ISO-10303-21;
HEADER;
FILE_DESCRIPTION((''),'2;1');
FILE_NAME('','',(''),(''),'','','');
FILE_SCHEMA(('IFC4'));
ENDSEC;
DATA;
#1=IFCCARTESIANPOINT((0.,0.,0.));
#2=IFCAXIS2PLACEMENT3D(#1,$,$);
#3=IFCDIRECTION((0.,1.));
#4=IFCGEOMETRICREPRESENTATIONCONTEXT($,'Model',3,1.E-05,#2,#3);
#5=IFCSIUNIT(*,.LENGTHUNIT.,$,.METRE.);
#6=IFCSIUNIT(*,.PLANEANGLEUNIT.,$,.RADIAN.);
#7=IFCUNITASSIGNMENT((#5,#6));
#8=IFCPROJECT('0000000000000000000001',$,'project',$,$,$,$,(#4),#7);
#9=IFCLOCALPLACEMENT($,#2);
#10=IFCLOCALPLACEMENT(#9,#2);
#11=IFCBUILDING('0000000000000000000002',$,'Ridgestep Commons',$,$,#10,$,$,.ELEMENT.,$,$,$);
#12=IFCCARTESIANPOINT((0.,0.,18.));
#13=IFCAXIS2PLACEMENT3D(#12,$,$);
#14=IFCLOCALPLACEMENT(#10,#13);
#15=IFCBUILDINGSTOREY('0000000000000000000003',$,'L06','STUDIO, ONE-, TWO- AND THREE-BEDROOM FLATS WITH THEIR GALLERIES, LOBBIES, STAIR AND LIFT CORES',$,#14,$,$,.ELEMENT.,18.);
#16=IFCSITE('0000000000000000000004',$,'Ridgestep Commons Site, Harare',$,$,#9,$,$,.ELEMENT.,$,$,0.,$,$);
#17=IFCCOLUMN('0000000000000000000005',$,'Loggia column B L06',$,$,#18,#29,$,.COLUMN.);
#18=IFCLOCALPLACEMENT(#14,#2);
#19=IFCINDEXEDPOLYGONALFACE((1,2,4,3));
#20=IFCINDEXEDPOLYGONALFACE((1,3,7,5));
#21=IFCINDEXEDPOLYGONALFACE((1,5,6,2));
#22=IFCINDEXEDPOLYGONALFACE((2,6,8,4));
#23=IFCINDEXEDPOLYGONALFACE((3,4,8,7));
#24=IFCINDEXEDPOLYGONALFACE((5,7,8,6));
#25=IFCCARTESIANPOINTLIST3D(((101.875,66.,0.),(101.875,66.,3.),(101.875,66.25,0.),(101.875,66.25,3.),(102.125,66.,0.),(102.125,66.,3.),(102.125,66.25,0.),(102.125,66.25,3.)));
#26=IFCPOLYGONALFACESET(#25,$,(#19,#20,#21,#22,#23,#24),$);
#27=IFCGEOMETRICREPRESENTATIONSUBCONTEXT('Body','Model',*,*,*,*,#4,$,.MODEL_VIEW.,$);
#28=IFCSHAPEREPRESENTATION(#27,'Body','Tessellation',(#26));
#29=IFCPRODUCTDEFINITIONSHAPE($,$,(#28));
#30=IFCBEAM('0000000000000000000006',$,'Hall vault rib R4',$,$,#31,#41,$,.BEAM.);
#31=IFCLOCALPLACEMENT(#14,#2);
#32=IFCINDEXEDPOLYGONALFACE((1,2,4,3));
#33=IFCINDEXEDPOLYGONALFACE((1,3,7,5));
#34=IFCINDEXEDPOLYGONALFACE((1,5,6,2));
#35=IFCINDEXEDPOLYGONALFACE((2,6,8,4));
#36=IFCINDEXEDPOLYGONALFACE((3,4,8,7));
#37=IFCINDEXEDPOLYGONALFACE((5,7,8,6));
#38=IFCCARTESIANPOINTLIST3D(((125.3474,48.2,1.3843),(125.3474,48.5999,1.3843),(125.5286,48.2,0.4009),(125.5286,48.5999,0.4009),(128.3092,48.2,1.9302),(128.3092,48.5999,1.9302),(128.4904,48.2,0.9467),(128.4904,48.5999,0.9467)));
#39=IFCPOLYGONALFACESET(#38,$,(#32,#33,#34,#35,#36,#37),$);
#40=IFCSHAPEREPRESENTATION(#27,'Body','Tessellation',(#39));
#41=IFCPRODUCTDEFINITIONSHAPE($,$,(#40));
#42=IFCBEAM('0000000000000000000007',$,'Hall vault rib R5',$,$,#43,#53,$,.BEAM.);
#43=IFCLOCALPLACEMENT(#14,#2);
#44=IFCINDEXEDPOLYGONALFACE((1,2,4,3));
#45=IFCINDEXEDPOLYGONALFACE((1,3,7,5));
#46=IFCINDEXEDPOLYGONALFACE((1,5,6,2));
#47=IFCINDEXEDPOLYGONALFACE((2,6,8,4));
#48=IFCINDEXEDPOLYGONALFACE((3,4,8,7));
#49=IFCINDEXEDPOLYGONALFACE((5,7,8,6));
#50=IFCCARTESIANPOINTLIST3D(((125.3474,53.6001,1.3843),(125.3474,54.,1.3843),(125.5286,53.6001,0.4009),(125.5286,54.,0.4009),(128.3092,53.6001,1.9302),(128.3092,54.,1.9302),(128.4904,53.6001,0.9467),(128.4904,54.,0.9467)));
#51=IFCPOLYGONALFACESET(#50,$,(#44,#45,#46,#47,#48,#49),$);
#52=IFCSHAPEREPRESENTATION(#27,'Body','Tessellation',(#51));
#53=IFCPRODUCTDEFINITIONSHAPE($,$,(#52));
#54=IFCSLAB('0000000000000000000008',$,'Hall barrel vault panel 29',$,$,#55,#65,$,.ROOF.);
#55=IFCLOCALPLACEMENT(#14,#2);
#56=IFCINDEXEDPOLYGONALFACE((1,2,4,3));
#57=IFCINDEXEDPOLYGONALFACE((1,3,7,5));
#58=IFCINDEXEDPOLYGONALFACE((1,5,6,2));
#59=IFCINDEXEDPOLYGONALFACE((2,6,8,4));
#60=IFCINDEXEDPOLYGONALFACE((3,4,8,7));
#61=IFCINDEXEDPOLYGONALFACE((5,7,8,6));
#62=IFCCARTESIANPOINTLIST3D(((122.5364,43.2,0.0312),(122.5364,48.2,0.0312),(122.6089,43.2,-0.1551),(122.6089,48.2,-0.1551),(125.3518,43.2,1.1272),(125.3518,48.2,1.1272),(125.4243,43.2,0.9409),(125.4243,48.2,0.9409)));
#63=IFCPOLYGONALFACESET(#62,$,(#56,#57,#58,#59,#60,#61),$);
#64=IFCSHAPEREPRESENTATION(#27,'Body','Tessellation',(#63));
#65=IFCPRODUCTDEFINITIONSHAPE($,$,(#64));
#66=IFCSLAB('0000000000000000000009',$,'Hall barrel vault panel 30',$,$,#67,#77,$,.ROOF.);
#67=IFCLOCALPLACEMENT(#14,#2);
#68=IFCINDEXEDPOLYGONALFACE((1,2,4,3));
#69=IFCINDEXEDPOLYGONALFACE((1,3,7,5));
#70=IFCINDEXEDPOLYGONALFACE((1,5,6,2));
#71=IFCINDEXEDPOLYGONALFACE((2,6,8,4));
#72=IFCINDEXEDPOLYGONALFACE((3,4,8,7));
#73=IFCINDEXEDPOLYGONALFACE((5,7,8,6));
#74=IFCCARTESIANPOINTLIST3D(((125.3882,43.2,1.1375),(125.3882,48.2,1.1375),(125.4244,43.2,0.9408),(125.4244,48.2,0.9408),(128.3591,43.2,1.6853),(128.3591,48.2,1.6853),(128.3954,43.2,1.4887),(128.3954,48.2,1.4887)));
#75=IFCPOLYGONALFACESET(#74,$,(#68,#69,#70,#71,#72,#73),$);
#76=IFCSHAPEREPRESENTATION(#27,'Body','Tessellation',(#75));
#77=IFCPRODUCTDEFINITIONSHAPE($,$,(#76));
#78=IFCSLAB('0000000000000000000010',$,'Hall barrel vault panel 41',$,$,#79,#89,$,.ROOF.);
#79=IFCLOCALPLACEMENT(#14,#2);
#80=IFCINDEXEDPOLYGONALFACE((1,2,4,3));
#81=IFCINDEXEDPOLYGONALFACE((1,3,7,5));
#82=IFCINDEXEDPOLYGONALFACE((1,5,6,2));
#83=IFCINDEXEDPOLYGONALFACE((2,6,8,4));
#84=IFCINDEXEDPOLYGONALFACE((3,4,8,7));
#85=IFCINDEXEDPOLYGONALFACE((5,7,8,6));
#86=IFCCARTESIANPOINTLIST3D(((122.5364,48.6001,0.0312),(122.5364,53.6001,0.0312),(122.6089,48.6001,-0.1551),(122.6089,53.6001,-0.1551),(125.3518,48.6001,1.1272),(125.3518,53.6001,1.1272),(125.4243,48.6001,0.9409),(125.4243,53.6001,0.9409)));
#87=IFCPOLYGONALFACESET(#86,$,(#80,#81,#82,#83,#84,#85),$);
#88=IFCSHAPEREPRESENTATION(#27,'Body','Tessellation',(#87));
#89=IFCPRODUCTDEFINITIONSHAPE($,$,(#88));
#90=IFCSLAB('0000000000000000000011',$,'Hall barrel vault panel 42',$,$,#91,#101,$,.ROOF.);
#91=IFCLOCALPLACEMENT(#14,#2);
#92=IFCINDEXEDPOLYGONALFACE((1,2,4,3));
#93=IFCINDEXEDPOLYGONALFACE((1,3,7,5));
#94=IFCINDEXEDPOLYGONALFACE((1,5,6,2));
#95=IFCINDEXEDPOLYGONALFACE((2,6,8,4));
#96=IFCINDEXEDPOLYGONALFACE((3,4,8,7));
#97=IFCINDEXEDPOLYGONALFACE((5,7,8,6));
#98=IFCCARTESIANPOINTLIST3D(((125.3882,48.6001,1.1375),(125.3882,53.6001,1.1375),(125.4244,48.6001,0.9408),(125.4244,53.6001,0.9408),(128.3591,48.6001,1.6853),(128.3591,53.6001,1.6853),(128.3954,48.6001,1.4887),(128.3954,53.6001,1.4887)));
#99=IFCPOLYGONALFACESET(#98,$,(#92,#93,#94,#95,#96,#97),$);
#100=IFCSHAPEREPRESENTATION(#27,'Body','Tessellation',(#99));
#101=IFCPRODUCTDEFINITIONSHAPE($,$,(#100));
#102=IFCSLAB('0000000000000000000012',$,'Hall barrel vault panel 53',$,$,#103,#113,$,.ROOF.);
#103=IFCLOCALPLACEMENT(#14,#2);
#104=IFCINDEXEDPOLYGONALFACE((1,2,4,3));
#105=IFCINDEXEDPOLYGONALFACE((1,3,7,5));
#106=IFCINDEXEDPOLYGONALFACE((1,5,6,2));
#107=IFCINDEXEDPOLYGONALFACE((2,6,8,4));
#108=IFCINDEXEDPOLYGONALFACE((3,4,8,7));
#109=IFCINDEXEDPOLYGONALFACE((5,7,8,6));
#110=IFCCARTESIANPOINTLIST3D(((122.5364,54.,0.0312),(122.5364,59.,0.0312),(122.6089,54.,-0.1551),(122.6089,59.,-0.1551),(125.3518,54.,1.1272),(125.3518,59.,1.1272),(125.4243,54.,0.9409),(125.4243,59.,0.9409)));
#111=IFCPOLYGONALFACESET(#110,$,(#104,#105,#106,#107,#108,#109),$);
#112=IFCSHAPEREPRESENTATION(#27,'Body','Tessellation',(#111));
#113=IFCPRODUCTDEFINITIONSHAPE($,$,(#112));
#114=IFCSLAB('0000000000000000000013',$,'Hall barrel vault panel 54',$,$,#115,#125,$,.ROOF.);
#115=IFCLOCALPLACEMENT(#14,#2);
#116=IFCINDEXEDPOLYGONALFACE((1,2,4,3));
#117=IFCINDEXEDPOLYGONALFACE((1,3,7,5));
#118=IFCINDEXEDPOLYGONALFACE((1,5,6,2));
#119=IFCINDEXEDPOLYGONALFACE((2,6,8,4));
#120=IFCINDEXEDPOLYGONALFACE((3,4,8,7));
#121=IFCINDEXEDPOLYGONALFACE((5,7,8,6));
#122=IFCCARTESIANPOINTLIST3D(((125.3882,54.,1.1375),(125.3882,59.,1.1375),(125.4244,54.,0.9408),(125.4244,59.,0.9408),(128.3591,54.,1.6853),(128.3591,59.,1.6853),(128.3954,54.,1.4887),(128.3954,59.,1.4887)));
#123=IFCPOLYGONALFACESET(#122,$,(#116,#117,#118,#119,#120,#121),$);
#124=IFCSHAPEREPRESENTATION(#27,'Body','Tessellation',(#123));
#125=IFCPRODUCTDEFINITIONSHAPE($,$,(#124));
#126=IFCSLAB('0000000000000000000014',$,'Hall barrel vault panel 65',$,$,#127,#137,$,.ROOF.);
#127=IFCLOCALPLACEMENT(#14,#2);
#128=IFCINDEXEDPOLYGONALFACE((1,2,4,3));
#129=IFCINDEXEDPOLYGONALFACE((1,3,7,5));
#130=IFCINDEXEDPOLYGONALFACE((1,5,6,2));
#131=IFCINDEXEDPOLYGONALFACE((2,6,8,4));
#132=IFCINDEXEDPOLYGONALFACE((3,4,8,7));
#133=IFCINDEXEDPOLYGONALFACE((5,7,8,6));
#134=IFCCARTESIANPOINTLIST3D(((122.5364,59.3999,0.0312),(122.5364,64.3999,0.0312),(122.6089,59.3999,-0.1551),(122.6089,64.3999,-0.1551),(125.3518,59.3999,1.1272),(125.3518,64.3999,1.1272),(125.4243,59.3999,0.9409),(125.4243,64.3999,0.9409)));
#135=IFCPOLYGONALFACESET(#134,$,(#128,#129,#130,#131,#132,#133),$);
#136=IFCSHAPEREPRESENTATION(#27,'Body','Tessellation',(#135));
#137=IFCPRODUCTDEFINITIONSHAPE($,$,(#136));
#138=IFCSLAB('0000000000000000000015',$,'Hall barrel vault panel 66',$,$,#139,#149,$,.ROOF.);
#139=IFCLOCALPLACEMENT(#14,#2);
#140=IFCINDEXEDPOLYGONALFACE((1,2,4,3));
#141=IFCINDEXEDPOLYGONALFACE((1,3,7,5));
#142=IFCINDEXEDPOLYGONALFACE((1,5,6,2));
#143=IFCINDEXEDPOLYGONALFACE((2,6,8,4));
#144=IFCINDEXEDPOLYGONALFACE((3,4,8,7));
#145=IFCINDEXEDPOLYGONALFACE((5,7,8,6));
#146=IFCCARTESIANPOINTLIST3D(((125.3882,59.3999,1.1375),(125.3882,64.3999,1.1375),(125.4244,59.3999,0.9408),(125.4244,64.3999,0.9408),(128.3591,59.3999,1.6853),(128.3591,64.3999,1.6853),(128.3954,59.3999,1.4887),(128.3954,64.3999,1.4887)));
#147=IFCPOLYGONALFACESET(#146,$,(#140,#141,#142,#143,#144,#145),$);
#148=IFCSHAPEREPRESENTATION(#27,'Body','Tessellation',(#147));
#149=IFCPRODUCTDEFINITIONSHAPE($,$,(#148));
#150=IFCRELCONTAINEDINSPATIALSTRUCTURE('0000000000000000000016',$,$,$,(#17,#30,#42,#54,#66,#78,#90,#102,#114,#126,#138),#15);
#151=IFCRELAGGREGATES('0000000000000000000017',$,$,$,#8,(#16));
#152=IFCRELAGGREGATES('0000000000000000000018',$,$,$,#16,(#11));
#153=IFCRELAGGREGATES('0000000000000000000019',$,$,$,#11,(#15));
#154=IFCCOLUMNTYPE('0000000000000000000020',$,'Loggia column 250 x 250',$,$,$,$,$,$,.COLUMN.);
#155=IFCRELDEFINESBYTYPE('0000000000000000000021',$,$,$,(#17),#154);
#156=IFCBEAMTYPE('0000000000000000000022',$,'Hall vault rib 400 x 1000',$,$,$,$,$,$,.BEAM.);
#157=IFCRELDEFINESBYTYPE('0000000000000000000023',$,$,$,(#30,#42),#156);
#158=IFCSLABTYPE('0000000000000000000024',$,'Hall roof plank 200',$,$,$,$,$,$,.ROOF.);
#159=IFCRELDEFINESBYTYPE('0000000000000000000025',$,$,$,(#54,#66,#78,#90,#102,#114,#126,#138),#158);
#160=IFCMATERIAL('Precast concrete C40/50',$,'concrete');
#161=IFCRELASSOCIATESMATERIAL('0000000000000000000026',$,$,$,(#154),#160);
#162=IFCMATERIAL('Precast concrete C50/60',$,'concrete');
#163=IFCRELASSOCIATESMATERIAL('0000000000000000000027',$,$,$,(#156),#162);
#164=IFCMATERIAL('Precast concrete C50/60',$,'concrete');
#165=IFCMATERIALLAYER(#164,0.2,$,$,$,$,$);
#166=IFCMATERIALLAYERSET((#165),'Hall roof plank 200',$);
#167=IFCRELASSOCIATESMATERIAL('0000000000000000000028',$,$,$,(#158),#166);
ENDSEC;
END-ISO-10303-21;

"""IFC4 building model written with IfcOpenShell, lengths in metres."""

from ifc_helpers import new_model, si_unit, direction, frame, origin, origin_2d, place, context, subcontext, project, spatial, polyline, rectangle, outline, extrude, material, layer, layer_set, material_profile, profile_set, type_object, element, save


model = new_model("IFC4")

# Units and contexts
model_context = context("Model", 3, precision=1e-05, world=origin(), true_north=direction((0.0, 1.0)))
body_context = subcontext(model_context, "Body", "Model", "MODEL_VIEW")
ifc_project = project(units=[si_unit("LENGTHUNIT", "METRE"), si_unit("PLANEANGLEUNIT", "RADIAN")], contexts=[model_context])

# Site, building, storey
site_placement = place(None, origin())
site = spatial("IfcSite", under=ifc_project, at=site_placement, Name="Ridgestep Commons Site, Harare", CompositionType="ELEMENT", RefElevation=0.0)
building_placement = place(site_placement, origin())
building = spatial("IfcBuilding", under=site, at=building_placement, Name="Ridgestep Commons", CompositionType="ELEMENT")
storey_placement = place(building_placement, frame((0.0, 0.0, 18.0)))
storey = spatial("IfcBuildingStorey", under=building, at=storey_placement, Name="L06", Description="STUDIO, ONE-, TWO- AND THREE-BEDROOM FLATS WITH THEIR GALLERIES, LOBBIES, STAIR AND LIFT CORES", CompositionType="ELEMENT", Elevation=18.0)

# Column
ifc_material_1 = material(Name="Precast concrete C40/50", Category="concrete")
ifc_material_profile_1 = material_profile(ifc_material_1, rectangle(XDim=0.25, YDim=0.25, at=origin_2d()), Name="PC 250x250")
ifc_profile_set_1 = profile_set([ifc_material_profile_1], Name="Precast concrete C40/50")
column_type = type_object("IfcColumnType", Name="Loggia column 250 x 250", PredefinedType="COLUMN", material=ifc_profile_set_1)
column_placement = place(storey_placement, frame((102.0, 66.125, 0.0), z_axis=(0.0, 0.0, 1.0), x_axis=(1.0, 0.0, 0.0)))
element("IfcColumn", 1, at=column_placement, inside=storey, type_object=column_type, Name="Loggia column B L06", PredefinedType="COLUMN", context=body_context, shape_type="SweptSolid", body=[
    extrude(rectangle(XDim=0.25, YDim=0.25, at=origin_2d()), origin(), (0.0, 0.0, 1.0), 3.0),
])

# Beams
ifc_material_2 = material(Name="Precast concrete C50/60", Category="concrete")
ifc_material_profile_2 = material_profile(ifc_material_2, rectangle(XDim=0.3999, YDim=1.0, at=origin_2d()), Name="Hall vault rib 400 x 1000")
ifc_profile_set_2 = profile_set([ifc_material_profile_2], Name="Precast concrete C50/60")
beam_type = type_object("IfcBeamType", Name="Hall vault rib 400 x 1000", PredefinedType="BEAM", material=ifc_profile_set_2)
for number, where, z_axis, x_axis, name in (
    (2, (125.438, 48.3999, 0.8926), (0.983436, 0.0, 0.181253), (0.0, 1.0, 0.0), "Hall vault rib R4"),
    (3, (125.438, 53.8, 0.8926), (0.983436, 0.0, 0.181253), (0.0, 1.0, 0.0), "Hall vault rib R5"),
):
    element("IfcBeam", number, at=place(storey_placement, frame(where, z_axis=z_axis, x_axis=x_axis)), inside=storey, type_object=beam_type, Name=name, PredefinedType="BEAM", context=body_context, shape_type="SweptSolid", body=[
        extrude(rectangle(XDim=0.3999, YDim=1.0, at=origin_2d()), origin(), (0.0, 0.0, 1.0), 3.0117),
    ])

# Slabs
ifc_material_3 = material(Name="Precast concrete C50/60", Category="concrete")
ifc_layer = layer(ifc_material_3, 0.2)
ifc_layer_set = layer_set([ifc_layer], Name="Hall roof plank 200")
slab_type = type_object("IfcSlabType", Name="Hall roof plank 200", PredefinedType="ROOF", material=ifc_layer_set)
slab_1_placement = place(storey_placement, frame((122.5364, 43.2, 0.0312), z_axis=(-0.36275, 0.0, 0.931886), x_axis=(0.931886, 0.0, 0.36275)))
element("IfcSlab", 4, at=slab_1_placement, inside=storey, type_object=slab_type, Name="Hall barrel vault panel 29", PredefinedType="ROOF", context=body_context, shape_type="SweptSolid", body=[
    extrude(outline(polyline([(0.0, 0.0), (3.0212, 0.0), (3.0212, 5.0), (0.0, 5.0), (0.0, 0.0)])), origin(), (0.0, 0.0, -1.0), 0.2),
])
slab_2_placement = place(storey_placement, frame((125.3882, 43.2, 1.1375), z_axis=(-0.181345, 0.0, 0.983419), x_axis=(0.983419, 0.0, 0.181345)))
element("IfcSlab", 5, at=slab_2_placement, inside=storey, type_object=slab_type, Name="Hall barrel vault panel 30", PredefinedType="ROOF", context=body_context, shape_type="SweptSolid", body=[
    extrude(outline(polyline([(0.0, 0.0), (3.021, 0.0), (3.021, 5.0), (0.0, 5.0), (0.0, 0.0)])), origin(), (0.0, 0.0, -1.0), 0.2),
])
slab_3_placement = place(storey_placement, frame((122.5364, 48.6001, 0.0312), z_axis=(-0.36275, 0.0, 0.931886), x_axis=(0.931886, 0.0, 0.36275)))
element("IfcSlab", 6, at=slab_3_placement, inside=storey, type_object=slab_type, Name="Hall barrel vault panel 41", PredefinedType="ROOF", context=body_context, shape_type="SweptSolid", body=[
    extrude(outline(polyline([(0.0, 0.0), (3.0212, 0.0), (3.0212, 5.0), (0.0, 5.0), (0.0, 0.0)])), origin(), (0.0, 0.0, -1.0), 0.2),
])
slab_4_placement = place(storey_placement, frame((125.3882, 48.6001, 1.1375), z_axis=(-0.181345, 0.0, 0.983419), x_axis=(0.983419, 0.0, 0.181345)))
element("IfcSlab", 7, at=slab_4_placement, inside=storey, type_object=slab_type, Name="Hall barrel vault panel 42", PredefinedType="ROOF", context=body_context, shape_type="SweptSolid", body=[
    extrude(outline(polyline([(0.0, 0.0), (3.021, 0.0), (3.021, 5.0), (0.0, 5.0), (0.0, 0.0)])), origin(), (0.0, 0.0, -1.0), 0.2),
])
slab_5_placement = place(storey_placement, frame((122.5364, 54.0, 0.0312), z_axis=(-0.36275, 0.0, 0.931886), x_axis=(0.931886, 0.0, 0.36275)))
element("IfcSlab", 8, at=slab_5_placement, inside=storey, type_object=slab_type, Name="Hall barrel vault panel 53", PredefinedType="ROOF", context=body_context, shape_type="SweptSolid", body=[
    extrude(outline(polyline([(0.0, 0.0), (3.0212, 0.0), (3.0212, 5.0), (0.0, 5.0), (0.0, 0.0)])), origin(), (0.0, 0.0, -1.0), 0.2),
])
slab_6_placement = place(storey_placement, frame((125.3882, 54.0, 1.1375), z_axis=(-0.181345, 0.0, 0.983419), x_axis=(0.983419, 0.0, 0.181345)))
element("IfcSlab", 9, at=slab_6_placement, inside=storey, type_object=slab_type, Name="Hall barrel vault panel 54", PredefinedType="ROOF", context=body_context, shape_type="SweptSolid", body=[
    extrude(outline(polyline([(0.0, 0.0), (3.021, 0.0), (3.021, 5.0), (0.0, 5.0), (0.0, 0.0)])), origin(), (0.0, 0.0, -1.0), 0.2),
])
slab_7_placement = place(storey_placement, frame((122.5364, 59.3999, 0.0312), z_axis=(-0.36275, 0.0, 0.931886), x_axis=(0.931886, 0.0, 0.36275)))
element("IfcSlab", 10, at=slab_7_placement, inside=storey, type_object=slab_type, Name="Hall barrel vault panel 65", PredefinedType="ROOF", context=body_context, shape_type="SweptSolid", body=[
    extrude(outline(polyline([(0.0, 0.0), (3.0212, 0.0), (3.0212, 5.0), (0.0, 5.0), (0.0, 0.0)])), origin(), (0.0, 0.0, -1.0), 0.2),
])
slab_8_placement = place(storey_placement, frame((125.3882, 59.3999, 1.1375), z_axis=(-0.181345, 0.0, 0.983419), x_axis=(0.983419, 0.0, 0.181345)))
element("IfcSlab", 11, at=slab_8_placement, inside=storey, type_object=slab_type, Name="Hall barrel vault panel 66", PredefinedType="ROOF", context=body_context, shape_type="SweptSolid", body=[
    extrude(outline(polyline([(0.0, 0.0), (3.021, 0.0), (3.021, 5.0), (0.0, 5.0), (0.0, 0.0)])), origin(), (0.0, 0.0, -1.0), 0.2),
])

save(model, "model.ifc")
